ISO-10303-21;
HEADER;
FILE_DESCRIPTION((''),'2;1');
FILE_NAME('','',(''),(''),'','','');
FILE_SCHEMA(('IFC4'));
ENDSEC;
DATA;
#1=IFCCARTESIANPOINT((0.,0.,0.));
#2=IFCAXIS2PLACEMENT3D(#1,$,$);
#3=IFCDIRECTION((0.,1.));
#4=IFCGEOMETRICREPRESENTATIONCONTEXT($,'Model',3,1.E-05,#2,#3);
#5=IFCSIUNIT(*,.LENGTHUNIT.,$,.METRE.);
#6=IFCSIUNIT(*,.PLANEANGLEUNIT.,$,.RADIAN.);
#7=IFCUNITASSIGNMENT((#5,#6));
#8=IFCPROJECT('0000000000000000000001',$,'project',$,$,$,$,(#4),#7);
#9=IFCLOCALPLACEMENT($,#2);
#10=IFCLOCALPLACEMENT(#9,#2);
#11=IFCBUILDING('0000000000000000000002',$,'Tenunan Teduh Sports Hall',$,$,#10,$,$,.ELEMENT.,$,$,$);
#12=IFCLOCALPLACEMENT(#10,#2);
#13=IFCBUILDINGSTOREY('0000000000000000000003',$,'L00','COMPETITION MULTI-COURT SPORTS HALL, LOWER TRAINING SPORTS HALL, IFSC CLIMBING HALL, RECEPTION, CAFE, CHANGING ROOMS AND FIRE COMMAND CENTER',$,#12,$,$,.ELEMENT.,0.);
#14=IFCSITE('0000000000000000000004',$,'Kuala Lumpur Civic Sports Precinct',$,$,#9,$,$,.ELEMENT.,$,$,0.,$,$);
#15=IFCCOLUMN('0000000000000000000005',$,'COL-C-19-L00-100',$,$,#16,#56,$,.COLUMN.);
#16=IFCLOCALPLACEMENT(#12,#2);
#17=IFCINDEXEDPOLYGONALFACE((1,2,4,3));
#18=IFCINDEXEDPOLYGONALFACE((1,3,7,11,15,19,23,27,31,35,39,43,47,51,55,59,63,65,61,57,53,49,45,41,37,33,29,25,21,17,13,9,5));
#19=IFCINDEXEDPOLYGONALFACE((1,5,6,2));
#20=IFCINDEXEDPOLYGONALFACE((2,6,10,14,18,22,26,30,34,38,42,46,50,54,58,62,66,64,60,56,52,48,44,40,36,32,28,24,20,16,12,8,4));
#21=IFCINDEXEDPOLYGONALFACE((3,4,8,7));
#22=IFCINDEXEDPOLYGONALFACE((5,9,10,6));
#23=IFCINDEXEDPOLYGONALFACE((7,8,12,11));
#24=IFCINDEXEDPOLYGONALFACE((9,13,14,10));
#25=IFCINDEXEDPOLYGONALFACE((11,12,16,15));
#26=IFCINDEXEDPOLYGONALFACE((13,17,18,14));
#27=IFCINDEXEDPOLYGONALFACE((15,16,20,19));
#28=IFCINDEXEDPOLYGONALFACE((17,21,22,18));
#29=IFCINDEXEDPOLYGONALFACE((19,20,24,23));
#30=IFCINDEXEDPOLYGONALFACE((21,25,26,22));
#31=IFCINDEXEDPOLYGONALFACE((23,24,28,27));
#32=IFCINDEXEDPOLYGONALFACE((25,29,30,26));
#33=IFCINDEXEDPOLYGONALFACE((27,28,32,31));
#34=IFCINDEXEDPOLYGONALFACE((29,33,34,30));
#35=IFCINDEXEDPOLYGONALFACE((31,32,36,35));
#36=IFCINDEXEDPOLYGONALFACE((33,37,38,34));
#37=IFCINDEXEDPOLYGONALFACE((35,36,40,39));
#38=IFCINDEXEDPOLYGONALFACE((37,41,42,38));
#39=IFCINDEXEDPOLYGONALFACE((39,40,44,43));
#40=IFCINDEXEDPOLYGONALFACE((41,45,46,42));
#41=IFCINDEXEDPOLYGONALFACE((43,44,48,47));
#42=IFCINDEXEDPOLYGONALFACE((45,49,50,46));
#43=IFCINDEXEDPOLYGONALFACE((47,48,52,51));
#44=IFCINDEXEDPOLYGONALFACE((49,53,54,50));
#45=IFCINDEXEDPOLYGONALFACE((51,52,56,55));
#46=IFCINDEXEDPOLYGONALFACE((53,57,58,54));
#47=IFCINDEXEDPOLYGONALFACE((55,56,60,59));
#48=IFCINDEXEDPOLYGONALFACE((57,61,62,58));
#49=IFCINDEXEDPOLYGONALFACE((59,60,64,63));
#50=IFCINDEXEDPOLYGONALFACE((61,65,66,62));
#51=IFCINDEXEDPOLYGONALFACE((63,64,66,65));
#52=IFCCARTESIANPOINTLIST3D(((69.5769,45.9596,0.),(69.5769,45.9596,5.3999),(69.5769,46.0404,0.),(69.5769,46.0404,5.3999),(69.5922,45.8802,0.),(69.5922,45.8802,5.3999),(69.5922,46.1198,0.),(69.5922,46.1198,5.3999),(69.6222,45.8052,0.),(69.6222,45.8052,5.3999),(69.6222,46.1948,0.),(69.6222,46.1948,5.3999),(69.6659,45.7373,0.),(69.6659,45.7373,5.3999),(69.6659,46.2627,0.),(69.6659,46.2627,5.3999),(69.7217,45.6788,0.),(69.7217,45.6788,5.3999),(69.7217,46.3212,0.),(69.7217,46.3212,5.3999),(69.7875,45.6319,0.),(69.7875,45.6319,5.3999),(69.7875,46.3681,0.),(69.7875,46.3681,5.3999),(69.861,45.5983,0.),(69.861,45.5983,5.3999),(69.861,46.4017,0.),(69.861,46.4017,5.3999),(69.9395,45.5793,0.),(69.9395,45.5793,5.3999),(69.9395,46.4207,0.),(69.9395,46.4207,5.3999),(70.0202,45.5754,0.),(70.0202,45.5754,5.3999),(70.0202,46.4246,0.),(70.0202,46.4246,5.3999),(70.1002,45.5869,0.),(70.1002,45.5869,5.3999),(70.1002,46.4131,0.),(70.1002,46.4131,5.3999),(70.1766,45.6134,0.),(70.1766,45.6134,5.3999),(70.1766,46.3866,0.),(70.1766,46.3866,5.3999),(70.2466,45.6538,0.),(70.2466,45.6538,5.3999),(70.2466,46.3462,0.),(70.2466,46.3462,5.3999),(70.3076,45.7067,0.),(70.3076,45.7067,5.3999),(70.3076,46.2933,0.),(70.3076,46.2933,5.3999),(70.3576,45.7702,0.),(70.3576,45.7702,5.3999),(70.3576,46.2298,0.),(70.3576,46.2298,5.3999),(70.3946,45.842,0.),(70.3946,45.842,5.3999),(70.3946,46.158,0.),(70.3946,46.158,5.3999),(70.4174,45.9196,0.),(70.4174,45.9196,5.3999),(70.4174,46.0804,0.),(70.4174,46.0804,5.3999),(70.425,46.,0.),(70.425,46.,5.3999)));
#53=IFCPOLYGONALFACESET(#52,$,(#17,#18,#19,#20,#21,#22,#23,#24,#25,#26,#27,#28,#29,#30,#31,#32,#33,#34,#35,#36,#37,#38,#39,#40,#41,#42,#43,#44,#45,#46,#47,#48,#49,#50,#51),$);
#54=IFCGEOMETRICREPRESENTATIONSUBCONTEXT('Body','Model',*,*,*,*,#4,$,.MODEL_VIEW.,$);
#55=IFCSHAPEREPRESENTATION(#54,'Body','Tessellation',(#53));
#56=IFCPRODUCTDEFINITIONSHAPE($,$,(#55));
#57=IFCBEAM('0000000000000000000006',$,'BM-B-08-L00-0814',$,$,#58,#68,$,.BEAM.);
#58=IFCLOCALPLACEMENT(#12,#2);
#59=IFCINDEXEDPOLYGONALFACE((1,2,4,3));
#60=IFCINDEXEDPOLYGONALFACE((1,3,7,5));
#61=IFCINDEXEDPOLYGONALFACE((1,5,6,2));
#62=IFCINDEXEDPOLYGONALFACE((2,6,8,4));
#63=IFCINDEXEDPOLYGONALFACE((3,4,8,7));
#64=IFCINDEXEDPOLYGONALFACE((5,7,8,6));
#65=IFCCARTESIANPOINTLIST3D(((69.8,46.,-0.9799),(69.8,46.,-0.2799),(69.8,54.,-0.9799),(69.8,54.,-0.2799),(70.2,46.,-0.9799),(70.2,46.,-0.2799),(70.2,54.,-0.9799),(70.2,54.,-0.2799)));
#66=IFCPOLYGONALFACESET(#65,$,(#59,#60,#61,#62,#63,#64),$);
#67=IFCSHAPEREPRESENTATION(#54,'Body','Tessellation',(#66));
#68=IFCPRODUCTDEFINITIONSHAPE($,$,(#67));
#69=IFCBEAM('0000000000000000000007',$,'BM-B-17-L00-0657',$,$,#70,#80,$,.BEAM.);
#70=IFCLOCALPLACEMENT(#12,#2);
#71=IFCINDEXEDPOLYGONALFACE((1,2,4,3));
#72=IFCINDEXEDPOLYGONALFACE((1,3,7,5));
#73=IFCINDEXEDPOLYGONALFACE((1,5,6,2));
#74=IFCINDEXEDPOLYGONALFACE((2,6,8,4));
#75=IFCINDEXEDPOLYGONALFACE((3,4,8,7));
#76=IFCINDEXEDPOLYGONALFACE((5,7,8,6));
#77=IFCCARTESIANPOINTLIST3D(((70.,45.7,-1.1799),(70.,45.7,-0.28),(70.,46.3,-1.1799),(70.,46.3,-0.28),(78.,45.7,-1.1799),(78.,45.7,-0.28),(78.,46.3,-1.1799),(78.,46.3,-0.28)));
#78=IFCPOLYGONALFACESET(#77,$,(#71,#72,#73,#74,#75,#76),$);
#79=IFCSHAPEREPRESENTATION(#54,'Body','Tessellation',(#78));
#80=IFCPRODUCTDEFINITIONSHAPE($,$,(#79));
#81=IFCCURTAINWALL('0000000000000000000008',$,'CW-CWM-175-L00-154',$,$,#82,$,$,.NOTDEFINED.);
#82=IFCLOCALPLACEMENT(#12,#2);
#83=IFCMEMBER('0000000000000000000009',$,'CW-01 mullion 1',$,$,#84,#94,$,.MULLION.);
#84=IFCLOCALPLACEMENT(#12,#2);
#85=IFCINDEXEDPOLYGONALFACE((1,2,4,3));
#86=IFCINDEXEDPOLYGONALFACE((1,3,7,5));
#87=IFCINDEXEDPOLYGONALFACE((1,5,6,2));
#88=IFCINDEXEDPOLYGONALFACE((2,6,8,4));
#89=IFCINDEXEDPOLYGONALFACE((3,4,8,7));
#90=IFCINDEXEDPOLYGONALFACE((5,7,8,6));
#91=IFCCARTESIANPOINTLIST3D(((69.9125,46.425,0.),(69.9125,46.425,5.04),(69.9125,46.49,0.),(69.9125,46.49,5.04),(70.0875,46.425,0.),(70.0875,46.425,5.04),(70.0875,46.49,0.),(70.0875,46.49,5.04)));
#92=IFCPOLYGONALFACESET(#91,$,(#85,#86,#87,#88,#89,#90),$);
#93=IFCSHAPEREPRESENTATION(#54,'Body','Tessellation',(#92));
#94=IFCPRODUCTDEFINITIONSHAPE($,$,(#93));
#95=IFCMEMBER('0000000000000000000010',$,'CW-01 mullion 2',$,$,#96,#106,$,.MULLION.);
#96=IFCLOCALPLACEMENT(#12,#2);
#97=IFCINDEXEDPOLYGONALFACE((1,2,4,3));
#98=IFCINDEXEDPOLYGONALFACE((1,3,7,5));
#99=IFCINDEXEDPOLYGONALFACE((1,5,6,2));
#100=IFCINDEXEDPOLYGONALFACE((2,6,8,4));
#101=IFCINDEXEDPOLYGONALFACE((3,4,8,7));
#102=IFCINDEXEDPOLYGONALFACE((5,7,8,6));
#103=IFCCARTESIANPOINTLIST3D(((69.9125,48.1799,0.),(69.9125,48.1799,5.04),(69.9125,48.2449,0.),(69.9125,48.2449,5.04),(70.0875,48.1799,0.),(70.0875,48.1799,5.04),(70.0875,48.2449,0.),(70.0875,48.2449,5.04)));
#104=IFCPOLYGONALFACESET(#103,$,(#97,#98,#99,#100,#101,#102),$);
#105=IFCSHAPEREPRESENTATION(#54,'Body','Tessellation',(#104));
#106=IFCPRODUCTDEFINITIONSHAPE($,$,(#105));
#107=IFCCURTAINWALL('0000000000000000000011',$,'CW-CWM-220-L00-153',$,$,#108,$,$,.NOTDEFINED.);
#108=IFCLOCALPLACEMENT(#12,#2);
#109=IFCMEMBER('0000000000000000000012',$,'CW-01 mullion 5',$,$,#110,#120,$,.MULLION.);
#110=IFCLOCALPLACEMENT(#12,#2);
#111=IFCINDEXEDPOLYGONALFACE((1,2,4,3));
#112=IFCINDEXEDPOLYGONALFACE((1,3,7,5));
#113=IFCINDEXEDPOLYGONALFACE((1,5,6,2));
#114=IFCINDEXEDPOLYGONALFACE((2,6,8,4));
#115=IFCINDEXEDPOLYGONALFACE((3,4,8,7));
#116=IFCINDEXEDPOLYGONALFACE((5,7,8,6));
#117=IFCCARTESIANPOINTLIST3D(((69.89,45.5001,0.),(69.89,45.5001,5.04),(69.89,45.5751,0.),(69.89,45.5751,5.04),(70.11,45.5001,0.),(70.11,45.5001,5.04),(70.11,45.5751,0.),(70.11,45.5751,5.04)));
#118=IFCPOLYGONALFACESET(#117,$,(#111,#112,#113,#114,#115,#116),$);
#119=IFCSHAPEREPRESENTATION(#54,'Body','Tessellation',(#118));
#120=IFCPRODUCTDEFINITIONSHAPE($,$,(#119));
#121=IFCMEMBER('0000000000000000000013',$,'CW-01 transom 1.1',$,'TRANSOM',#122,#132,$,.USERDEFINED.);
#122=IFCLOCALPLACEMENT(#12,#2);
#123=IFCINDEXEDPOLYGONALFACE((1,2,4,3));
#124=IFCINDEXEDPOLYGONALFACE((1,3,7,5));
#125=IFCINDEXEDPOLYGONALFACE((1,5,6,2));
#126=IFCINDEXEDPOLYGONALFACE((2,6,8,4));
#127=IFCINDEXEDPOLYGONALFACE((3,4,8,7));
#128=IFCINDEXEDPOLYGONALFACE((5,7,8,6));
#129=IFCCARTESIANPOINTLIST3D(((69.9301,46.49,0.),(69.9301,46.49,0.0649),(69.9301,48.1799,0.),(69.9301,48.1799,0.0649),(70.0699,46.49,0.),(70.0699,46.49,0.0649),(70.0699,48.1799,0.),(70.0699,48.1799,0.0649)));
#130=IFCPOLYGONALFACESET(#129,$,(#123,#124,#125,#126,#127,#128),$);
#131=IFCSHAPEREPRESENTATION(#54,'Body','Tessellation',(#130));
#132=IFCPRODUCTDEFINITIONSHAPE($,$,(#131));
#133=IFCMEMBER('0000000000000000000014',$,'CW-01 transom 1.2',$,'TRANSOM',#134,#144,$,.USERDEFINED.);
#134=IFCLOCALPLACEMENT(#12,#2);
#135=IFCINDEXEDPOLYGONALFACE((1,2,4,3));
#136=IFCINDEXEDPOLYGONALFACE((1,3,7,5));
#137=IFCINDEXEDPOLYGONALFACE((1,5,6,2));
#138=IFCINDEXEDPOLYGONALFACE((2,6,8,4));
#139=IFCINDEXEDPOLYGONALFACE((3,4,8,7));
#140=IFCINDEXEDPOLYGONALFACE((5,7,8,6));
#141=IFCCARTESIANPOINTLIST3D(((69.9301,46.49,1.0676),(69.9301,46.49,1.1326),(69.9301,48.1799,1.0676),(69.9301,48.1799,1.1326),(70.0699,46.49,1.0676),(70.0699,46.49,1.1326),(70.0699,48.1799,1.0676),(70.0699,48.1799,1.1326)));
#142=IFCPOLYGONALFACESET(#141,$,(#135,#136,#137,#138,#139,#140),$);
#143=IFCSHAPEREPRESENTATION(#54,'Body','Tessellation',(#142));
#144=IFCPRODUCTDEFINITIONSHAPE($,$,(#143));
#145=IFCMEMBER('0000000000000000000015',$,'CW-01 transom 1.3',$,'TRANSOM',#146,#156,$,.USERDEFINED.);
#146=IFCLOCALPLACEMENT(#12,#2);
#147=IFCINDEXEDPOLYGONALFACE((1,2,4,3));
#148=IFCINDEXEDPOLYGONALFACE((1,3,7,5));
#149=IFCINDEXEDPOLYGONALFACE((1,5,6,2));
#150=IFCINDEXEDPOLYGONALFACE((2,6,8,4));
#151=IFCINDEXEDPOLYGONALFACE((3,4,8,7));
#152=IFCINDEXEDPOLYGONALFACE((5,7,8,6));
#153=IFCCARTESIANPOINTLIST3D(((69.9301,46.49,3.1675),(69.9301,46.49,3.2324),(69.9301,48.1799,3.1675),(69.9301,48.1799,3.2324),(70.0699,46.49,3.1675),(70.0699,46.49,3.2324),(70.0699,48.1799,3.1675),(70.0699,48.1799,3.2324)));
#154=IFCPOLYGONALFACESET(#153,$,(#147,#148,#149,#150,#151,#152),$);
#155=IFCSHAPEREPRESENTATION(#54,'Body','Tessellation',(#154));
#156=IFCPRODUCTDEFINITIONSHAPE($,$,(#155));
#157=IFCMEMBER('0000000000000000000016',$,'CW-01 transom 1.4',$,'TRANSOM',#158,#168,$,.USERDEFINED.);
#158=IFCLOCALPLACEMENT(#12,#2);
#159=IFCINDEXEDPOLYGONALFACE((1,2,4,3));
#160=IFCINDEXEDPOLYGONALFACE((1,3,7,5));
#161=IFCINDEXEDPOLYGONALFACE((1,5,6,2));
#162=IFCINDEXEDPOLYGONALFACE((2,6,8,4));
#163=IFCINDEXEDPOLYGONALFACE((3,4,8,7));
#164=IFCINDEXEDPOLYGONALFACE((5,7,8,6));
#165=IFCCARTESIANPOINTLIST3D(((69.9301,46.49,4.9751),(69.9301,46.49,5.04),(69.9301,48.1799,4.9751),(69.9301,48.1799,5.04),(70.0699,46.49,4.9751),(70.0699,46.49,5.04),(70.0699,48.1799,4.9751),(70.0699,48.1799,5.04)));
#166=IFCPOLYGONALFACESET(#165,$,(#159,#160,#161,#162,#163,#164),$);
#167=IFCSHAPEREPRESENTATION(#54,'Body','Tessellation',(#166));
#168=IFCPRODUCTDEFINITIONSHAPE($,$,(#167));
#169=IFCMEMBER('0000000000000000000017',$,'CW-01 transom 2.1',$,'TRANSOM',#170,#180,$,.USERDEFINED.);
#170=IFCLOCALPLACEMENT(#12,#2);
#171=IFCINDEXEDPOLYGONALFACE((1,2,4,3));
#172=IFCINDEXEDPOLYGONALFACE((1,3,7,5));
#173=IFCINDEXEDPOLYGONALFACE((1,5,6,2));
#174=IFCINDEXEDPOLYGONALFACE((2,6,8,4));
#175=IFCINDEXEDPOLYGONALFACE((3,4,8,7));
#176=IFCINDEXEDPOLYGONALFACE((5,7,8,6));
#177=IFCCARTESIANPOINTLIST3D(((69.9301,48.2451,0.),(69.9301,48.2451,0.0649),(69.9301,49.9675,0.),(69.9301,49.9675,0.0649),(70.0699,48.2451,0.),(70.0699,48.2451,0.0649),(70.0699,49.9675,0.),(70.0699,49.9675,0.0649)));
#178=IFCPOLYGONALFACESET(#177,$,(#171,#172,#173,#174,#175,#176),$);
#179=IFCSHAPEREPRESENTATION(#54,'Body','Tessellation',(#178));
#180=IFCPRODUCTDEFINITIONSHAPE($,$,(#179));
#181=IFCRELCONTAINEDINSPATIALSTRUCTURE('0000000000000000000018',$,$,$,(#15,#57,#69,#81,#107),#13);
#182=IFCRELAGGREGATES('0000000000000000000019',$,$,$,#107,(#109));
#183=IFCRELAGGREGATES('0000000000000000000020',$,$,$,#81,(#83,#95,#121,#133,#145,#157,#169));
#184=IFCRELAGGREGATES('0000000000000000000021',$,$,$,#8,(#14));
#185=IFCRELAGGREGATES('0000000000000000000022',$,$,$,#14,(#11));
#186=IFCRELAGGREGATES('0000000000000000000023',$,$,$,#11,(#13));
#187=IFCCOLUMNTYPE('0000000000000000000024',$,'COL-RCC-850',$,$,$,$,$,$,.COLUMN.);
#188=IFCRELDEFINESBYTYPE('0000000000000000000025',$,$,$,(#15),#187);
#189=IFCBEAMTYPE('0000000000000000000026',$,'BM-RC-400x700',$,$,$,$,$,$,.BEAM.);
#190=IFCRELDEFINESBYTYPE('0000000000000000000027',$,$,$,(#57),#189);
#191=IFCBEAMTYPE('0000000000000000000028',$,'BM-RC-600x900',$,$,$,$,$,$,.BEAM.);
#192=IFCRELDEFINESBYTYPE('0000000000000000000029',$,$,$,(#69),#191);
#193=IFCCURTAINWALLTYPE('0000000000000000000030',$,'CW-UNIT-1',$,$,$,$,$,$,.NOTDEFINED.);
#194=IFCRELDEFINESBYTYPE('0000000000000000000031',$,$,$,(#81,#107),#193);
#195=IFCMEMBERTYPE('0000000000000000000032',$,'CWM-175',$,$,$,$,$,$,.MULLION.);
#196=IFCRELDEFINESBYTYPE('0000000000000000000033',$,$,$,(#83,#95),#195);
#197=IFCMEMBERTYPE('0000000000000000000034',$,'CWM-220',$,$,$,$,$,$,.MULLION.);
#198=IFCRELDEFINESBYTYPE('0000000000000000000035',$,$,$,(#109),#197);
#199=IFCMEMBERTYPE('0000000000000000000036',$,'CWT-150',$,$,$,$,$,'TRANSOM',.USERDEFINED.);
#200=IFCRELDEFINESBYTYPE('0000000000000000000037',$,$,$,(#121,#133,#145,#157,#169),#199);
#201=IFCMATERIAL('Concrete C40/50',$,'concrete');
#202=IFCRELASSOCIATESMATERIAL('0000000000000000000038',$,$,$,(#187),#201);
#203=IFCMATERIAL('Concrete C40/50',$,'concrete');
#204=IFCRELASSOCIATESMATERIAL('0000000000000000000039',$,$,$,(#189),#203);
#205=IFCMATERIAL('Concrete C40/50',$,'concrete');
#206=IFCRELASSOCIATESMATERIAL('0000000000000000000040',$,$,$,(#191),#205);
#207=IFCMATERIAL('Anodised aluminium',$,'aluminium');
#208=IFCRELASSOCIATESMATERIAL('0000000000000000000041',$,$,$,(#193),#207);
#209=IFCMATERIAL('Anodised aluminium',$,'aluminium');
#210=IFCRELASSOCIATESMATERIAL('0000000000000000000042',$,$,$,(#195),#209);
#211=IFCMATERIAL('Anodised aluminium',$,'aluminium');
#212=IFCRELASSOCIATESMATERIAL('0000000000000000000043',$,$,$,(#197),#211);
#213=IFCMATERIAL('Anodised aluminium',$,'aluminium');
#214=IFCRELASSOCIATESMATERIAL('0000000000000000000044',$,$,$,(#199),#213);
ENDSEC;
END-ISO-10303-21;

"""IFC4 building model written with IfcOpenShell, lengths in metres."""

from ifc_helpers import new_model, si_unit, direction, frame, origin, origin_2d, place, context, subcontext, project, spatial, rectangle, circle, extrude, material, material_profile, profile_set, type_object, element, aggregate, save


model = new_model("IFC4")

# Units and contexts
model_context = context("Model", 3, precision=1e-05, world=origin(), true_north=direction((0.0, 1.0)))
body_context = subcontext(model_context, "Body", "Model", "MODEL_VIEW")
ifc_project = project(units=[si_unit("LENGTHUNIT", "METRE"), si_unit("PLANEANGLEUNIT", "RADIAN")], contexts=[model_context])

# Site, building, storey
site_placement = place(None, origin())
site = spatial("IfcSite", under=ifc_project, at=site_placement, Name="Kuala Lumpur Civic Sports Precinct", CompositionType="ELEMENT", RefElevation=0.0)
building_placement = place(site_placement, origin())
building = spatial("IfcBuilding", under=site, at=building_placement, Name="Tenunan Teduh Sports Hall", CompositionType="ELEMENT")
storey_placement = place(building_placement, origin())
storey = spatial("IfcBuildingStorey", under=building, at=storey_placement, Name="L00", Description="COMPETITION MULTI-COURT SPORTS HALL, LOWER TRAINING SPORTS HALL, IFSC CLIMBING HALL, RECEPTION, CAFE, CHANGING ROOMS AND FIRE COMMAND CENTER", CompositionType="ELEMENT", Elevation=0.0)

# Column
ifc_material_1 = material(Name="Concrete C40/50", Category="concrete")
ifc_material_profile_1 = material_profile(ifc_material_1, circle(Radius=0.425, at=origin_2d()), Name="RCC D850")
ifc_profile_set_1 = profile_set([ifc_material_profile_1], Name="Concrete C40/50")
column_type = type_object("IfcColumnType", Name="COL-RCC-850", PredefinedType="COLUMN", material=ifc_profile_set_1)
column_placement = place(storey_placement, frame((70.0, 46.0, 0.0), z_axis=(0.0, 0.0, 1.0), x_axis=(1.0, 0.0, 0.0)))
element("IfcColumn", 1, at=column_placement, inside=storey, type_object=column_type, Name="COL-C-19-L00-100", PredefinedType="COLUMN", context=body_context, shape_type="SweptSolid", body=[
    extrude(circle(Radius=0.425, at=origin_2d()), origin(), (0.0, 0.0, 1.0), 5.3999),
])

# Beams
ifc_material_2 = material(Name="Concrete C40/50", Category="concrete")
ifc_material_profile_2 = material_profile(ifc_material_2, rectangle(XDim=0.3999, YDim=0.7, at=origin_2d()), Name="RCB 400x700")
ifc_profile_set_2 = profile_set([ifc_material_profile_2], Name="Concrete C40/50")
beam_type_1 = type_object("IfcBeamType", Name="BM-RC-400x700", PredefinedType="BEAM", material=ifc_profile_set_2)
beam_1_placement = place(storey_placement, frame((70.0, 46.0, -0.6299), z_axis=(0.0, 1.0, 0.0), x_axis=(-1.0, 0.0, 0.0)))
element("IfcBeam", 2, at=beam_1_placement, inside=storey, type_object=beam_type_1, Name="BM-B-08-L00-0814", PredefinedType="BEAM", context=body_context, shape_type="SweptSolid", body=[
    extrude(rectangle(XDim=0.3999, YDim=0.7, at=origin_2d()), origin(), (0.0, 0.0, 1.0), 8.0),
])
ifc_material_3 = material(Name="Concrete C40/50", Category="concrete")
ifc_material_profile_3 = material_profile(ifc_material_3, rectangle(XDim=0.6001, YDim=0.8999, at=origin_2d()), Name="RCB 600x900")
ifc_profile_set_3 = profile_set([ifc_material_profile_3], Name="Concrete C40/50")
beam_type_2 = type_object("IfcBeamType", Name="BM-RC-600x900", PredefinedType="BEAM", material=ifc_profile_set_3)
beam_2_placement = place(storey_placement, frame((70.0, 46.0, -0.73), z_axis=(1.0, 0.0, 0.0), x_axis=(0.0, 1.0, 0.0)))
element("IfcBeam", 3, at=beam_2_placement, inside=storey, type_object=beam_type_2, Name="BM-B-17-L00-0657", PredefinedType="BEAM", context=body_context, shape_type="SweptSolid", body=[
    extrude(rectangle(XDim=0.6001, YDim=0.8999, at=origin_2d()), origin(), (0.0, 0.0, 1.0), 8.0),
])

# Curtain wall, members
ifc_material_4 = material(Name="Anodised aluminium", Category="aluminium")
curtain_wall_type = type_object("IfcCurtainWallType", Name="CW-UNIT-1", PredefinedType="NOTDEFINED", material=ifc_material_4)
curtain_wall_1_placement = place(storey_placement, origin())
curtain_wall_1 = element("IfcCurtainWall", 4, at=curtain_wall_1_placement, inside=storey, type_object=curtain_wall_type, Name="CW-CWM-175-L00-154", PredefinedType="NOTDEFINED")
ifc_material_5 = material(Name="Anodised aluminium", Category="aluminium")
ifc_material_profile_4 = material_profile(ifc_material_5, rectangle(XDim=0.0649, YDim=0.175, at=origin_2d()), Name="CWM 65x175")
ifc_profile_set_4 = profile_set([ifc_material_profile_4], Name="Anodised aluminium")
member_type_1 = type_object("IfcMemberType", Name="CWM-175", PredefinedType="MULLION", material=ifc_profile_set_4)
member_1_placement = place(storey_placement, frame((70.0, 46.4575, 0.0), z_axis=(0.0, 0.0, 1.0), x_axis=(0.0, 1.0, 0.0)))
member_1 = element("IfcMember", 5, at=member_1_placement, type_object=member_type_1, Name="CW-01 mullion 1", PredefinedType="MULLION", context=body_context, shape_type="SweptSolid", body=[
    extrude(rectangle(XDim=0.0649, YDim=0.175, at=origin_2d()), origin(), (0.0, 0.0, 1.0), 5.04),
])
member_2_placement = place(storey_placement, frame((70.0, 48.2124, 0.0), z_axis=(0.0, 0.0, 1.0), x_axis=(0.0, 1.0, 0.0)))
member_2 = element("IfcMember", 6, at=member_2_placement, type_object=member_type_1, Name="CW-01 mullion 2", PredefinedType="MULLION", context=body_context, shape_type="SweptSolid", body=[
    extrude(rectangle(XDim=0.0649, YDim=0.175, at=origin_2d()), origin(), (0.0, 0.0, 1.0), 5.04),
])

# Curtain wall, member
curtain_wall_2_placement = place(storey_placement, origin())
curtain_wall_2 = element("IfcCurtainWall", 7, at=curtain_wall_2_placement, inside=storey, type_object=curtain_wall_type, Name="CW-CWM-220-L00-153", PredefinedType="NOTDEFINED")
ifc_material_6 = material(Name="Anodised aluminium", Category="aluminium")
ifc_material_profile_5 = material_profile(ifc_material_6, rectangle(XDim=0.075, YDim=0.22, at=origin_2d()), Name="CWM 75x220")
ifc_profile_set_5 = profile_set([ifc_material_profile_5], Name="Anodised aluminium")
member_type_2 = type_object("IfcMemberType", Name="CWM-220", PredefinedType="MULLION", material=ifc_profile_set_5)
member_3_placement = place(storey_placement, frame((70.0, 45.5376, 0.0), z_axis=(0.0, 0.0, 1.0), x_axis=(0.0, 1.0, 0.0)))
member_3 = element("IfcMember", 8, at=member_3_placement, type_object=member_type_2, Name="CW-01 mullion 5", PredefinedType="MULLION", context=body_context, shape_type="SweptSolid", body=[
    extrude(rectangle(XDim=0.075, YDim=0.22, at=origin_2d()), origin(), (0.0, 0.0, 1.0), 5.04),
])

# Members
ifc_material_7 = material(Name="Anodised aluminium", Category="aluminium")
ifc_material_profile_6 = material_profile(ifc_material_7, rectangle(XDim=0.0649, YDim=0.1399, at=origin_2d()), Name="CWT 65x140")
ifc_profile_set_6 = profile_set([ifc_material_profile_6], Name="Anodised aluminium")
member_type_3 = type_object("IfcMemberType", Name="CWT-150", ElementType="TRANSOM", PredefinedType="USERDEFINED", material=ifc_profile_set_6)
member_4_placement = place(storey_placement, frame((70.0, 46.49, 0.0325), z_axis=(0.0, 1.0, 0.0), x_axis=(0.0, 0.0, 1.0)))
member_4 = element("IfcMember", 9, at=member_4_placement, type_object=member_type_3, Name="CW-01 transom 1.1", ObjectType="TRANSOM", PredefinedType="USERDEFINED", context=body_context, shape_type="SweptSolid", body=[
    extrude(rectangle(XDim=0.0649, YDim=0.1399, at=origin_2d()), origin(), (0.0, 0.0, 1.0), 1.6899),
])
member_5_placement = place(storey_placement, frame((70.0, 46.49, 1.1001), z_axis=(0.0, 1.0, 0.0), x_axis=(0.0, 0.0, 1.0)))
member_5 = element("IfcMember", 10, at=member_5_placement, type_object=member_type_3, Name="CW-01 transom 1.2", ObjectType="TRANSOM", PredefinedType="USERDEFINED", context=body_context, shape_type="SweptSolid", body=[
    extrude(rectangle(XDim=0.0649, YDim=0.1399, at=origin_2d()), origin(), (0.0, 0.0, 1.0), 1.6899),
])
member_6_placement = place(storey_placement, frame((70.0, 46.49, 3.2), z_axis=(0.0, 1.0, 0.0), x_axis=(0.0, 0.0, 1.0)))
member_6 = element("IfcMember", 11, at=member_6_placement, type_object=member_type_3, Name="CW-01 transom 1.3", ObjectType="TRANSOM", PredefinedType="USERDEFINED", context=body_context, shape_type="SweptSolid", body=[
    extrude(rectangle(XDim=0.0649, YDim=0.1399, at=origin_2d()), origin(), (0.0, 0.0, 1.0), 1.6899),
])
member_7_placement = place(storey_placement, frame((70.0, 46.49, 5.0076), z_axis=(0.0, 1.0, 0.0), x_axis=(0.0, 0.0, 1.0)))
member_7 = element("IfcMember", 12, at=member_7_placement, type_object=member_type_3, Name="CW-01 transom 1.4", ObjectType="TRANSOM", PredefinedType="USERDEFINED", context=body_context, shape_type="SweptSolid", body=[
    extrude(rectangle(XDim=0.0649, YDim=0.1399, at=origin_2d()), origin(), (0.0, 0.0, 1.0), 1.6899),
])
member_8_placement = place(storey_placement, frame((70.0, 48.2451, 0.0325), z_axis=(0.0, 1.0, 0.0), x_axis=(0.0, 0.0, 1.0)))
member_8 = element("IfcMember", 13, at=member_8_placement, type_object=member_type_3, Name="CW-01 transom 2.1", ObjectType="TRANSOM", PredefinedType="USERDEFINED", context=body_context, shape_type="SweptSolid", body=[
    extrude(rectangle(XDim=0.0649, YDim=0.1399, at=origin_2d()), origin(), (0.0, 0.0, 1.0), 1.7224),
])

aggregate(curtain_wall_2, [member_3])
aggregate(curtain_wall_1, [member_1, member_2, member_4, member_5, member_6, member_7, member_8])

save(model, "model.ifc")
